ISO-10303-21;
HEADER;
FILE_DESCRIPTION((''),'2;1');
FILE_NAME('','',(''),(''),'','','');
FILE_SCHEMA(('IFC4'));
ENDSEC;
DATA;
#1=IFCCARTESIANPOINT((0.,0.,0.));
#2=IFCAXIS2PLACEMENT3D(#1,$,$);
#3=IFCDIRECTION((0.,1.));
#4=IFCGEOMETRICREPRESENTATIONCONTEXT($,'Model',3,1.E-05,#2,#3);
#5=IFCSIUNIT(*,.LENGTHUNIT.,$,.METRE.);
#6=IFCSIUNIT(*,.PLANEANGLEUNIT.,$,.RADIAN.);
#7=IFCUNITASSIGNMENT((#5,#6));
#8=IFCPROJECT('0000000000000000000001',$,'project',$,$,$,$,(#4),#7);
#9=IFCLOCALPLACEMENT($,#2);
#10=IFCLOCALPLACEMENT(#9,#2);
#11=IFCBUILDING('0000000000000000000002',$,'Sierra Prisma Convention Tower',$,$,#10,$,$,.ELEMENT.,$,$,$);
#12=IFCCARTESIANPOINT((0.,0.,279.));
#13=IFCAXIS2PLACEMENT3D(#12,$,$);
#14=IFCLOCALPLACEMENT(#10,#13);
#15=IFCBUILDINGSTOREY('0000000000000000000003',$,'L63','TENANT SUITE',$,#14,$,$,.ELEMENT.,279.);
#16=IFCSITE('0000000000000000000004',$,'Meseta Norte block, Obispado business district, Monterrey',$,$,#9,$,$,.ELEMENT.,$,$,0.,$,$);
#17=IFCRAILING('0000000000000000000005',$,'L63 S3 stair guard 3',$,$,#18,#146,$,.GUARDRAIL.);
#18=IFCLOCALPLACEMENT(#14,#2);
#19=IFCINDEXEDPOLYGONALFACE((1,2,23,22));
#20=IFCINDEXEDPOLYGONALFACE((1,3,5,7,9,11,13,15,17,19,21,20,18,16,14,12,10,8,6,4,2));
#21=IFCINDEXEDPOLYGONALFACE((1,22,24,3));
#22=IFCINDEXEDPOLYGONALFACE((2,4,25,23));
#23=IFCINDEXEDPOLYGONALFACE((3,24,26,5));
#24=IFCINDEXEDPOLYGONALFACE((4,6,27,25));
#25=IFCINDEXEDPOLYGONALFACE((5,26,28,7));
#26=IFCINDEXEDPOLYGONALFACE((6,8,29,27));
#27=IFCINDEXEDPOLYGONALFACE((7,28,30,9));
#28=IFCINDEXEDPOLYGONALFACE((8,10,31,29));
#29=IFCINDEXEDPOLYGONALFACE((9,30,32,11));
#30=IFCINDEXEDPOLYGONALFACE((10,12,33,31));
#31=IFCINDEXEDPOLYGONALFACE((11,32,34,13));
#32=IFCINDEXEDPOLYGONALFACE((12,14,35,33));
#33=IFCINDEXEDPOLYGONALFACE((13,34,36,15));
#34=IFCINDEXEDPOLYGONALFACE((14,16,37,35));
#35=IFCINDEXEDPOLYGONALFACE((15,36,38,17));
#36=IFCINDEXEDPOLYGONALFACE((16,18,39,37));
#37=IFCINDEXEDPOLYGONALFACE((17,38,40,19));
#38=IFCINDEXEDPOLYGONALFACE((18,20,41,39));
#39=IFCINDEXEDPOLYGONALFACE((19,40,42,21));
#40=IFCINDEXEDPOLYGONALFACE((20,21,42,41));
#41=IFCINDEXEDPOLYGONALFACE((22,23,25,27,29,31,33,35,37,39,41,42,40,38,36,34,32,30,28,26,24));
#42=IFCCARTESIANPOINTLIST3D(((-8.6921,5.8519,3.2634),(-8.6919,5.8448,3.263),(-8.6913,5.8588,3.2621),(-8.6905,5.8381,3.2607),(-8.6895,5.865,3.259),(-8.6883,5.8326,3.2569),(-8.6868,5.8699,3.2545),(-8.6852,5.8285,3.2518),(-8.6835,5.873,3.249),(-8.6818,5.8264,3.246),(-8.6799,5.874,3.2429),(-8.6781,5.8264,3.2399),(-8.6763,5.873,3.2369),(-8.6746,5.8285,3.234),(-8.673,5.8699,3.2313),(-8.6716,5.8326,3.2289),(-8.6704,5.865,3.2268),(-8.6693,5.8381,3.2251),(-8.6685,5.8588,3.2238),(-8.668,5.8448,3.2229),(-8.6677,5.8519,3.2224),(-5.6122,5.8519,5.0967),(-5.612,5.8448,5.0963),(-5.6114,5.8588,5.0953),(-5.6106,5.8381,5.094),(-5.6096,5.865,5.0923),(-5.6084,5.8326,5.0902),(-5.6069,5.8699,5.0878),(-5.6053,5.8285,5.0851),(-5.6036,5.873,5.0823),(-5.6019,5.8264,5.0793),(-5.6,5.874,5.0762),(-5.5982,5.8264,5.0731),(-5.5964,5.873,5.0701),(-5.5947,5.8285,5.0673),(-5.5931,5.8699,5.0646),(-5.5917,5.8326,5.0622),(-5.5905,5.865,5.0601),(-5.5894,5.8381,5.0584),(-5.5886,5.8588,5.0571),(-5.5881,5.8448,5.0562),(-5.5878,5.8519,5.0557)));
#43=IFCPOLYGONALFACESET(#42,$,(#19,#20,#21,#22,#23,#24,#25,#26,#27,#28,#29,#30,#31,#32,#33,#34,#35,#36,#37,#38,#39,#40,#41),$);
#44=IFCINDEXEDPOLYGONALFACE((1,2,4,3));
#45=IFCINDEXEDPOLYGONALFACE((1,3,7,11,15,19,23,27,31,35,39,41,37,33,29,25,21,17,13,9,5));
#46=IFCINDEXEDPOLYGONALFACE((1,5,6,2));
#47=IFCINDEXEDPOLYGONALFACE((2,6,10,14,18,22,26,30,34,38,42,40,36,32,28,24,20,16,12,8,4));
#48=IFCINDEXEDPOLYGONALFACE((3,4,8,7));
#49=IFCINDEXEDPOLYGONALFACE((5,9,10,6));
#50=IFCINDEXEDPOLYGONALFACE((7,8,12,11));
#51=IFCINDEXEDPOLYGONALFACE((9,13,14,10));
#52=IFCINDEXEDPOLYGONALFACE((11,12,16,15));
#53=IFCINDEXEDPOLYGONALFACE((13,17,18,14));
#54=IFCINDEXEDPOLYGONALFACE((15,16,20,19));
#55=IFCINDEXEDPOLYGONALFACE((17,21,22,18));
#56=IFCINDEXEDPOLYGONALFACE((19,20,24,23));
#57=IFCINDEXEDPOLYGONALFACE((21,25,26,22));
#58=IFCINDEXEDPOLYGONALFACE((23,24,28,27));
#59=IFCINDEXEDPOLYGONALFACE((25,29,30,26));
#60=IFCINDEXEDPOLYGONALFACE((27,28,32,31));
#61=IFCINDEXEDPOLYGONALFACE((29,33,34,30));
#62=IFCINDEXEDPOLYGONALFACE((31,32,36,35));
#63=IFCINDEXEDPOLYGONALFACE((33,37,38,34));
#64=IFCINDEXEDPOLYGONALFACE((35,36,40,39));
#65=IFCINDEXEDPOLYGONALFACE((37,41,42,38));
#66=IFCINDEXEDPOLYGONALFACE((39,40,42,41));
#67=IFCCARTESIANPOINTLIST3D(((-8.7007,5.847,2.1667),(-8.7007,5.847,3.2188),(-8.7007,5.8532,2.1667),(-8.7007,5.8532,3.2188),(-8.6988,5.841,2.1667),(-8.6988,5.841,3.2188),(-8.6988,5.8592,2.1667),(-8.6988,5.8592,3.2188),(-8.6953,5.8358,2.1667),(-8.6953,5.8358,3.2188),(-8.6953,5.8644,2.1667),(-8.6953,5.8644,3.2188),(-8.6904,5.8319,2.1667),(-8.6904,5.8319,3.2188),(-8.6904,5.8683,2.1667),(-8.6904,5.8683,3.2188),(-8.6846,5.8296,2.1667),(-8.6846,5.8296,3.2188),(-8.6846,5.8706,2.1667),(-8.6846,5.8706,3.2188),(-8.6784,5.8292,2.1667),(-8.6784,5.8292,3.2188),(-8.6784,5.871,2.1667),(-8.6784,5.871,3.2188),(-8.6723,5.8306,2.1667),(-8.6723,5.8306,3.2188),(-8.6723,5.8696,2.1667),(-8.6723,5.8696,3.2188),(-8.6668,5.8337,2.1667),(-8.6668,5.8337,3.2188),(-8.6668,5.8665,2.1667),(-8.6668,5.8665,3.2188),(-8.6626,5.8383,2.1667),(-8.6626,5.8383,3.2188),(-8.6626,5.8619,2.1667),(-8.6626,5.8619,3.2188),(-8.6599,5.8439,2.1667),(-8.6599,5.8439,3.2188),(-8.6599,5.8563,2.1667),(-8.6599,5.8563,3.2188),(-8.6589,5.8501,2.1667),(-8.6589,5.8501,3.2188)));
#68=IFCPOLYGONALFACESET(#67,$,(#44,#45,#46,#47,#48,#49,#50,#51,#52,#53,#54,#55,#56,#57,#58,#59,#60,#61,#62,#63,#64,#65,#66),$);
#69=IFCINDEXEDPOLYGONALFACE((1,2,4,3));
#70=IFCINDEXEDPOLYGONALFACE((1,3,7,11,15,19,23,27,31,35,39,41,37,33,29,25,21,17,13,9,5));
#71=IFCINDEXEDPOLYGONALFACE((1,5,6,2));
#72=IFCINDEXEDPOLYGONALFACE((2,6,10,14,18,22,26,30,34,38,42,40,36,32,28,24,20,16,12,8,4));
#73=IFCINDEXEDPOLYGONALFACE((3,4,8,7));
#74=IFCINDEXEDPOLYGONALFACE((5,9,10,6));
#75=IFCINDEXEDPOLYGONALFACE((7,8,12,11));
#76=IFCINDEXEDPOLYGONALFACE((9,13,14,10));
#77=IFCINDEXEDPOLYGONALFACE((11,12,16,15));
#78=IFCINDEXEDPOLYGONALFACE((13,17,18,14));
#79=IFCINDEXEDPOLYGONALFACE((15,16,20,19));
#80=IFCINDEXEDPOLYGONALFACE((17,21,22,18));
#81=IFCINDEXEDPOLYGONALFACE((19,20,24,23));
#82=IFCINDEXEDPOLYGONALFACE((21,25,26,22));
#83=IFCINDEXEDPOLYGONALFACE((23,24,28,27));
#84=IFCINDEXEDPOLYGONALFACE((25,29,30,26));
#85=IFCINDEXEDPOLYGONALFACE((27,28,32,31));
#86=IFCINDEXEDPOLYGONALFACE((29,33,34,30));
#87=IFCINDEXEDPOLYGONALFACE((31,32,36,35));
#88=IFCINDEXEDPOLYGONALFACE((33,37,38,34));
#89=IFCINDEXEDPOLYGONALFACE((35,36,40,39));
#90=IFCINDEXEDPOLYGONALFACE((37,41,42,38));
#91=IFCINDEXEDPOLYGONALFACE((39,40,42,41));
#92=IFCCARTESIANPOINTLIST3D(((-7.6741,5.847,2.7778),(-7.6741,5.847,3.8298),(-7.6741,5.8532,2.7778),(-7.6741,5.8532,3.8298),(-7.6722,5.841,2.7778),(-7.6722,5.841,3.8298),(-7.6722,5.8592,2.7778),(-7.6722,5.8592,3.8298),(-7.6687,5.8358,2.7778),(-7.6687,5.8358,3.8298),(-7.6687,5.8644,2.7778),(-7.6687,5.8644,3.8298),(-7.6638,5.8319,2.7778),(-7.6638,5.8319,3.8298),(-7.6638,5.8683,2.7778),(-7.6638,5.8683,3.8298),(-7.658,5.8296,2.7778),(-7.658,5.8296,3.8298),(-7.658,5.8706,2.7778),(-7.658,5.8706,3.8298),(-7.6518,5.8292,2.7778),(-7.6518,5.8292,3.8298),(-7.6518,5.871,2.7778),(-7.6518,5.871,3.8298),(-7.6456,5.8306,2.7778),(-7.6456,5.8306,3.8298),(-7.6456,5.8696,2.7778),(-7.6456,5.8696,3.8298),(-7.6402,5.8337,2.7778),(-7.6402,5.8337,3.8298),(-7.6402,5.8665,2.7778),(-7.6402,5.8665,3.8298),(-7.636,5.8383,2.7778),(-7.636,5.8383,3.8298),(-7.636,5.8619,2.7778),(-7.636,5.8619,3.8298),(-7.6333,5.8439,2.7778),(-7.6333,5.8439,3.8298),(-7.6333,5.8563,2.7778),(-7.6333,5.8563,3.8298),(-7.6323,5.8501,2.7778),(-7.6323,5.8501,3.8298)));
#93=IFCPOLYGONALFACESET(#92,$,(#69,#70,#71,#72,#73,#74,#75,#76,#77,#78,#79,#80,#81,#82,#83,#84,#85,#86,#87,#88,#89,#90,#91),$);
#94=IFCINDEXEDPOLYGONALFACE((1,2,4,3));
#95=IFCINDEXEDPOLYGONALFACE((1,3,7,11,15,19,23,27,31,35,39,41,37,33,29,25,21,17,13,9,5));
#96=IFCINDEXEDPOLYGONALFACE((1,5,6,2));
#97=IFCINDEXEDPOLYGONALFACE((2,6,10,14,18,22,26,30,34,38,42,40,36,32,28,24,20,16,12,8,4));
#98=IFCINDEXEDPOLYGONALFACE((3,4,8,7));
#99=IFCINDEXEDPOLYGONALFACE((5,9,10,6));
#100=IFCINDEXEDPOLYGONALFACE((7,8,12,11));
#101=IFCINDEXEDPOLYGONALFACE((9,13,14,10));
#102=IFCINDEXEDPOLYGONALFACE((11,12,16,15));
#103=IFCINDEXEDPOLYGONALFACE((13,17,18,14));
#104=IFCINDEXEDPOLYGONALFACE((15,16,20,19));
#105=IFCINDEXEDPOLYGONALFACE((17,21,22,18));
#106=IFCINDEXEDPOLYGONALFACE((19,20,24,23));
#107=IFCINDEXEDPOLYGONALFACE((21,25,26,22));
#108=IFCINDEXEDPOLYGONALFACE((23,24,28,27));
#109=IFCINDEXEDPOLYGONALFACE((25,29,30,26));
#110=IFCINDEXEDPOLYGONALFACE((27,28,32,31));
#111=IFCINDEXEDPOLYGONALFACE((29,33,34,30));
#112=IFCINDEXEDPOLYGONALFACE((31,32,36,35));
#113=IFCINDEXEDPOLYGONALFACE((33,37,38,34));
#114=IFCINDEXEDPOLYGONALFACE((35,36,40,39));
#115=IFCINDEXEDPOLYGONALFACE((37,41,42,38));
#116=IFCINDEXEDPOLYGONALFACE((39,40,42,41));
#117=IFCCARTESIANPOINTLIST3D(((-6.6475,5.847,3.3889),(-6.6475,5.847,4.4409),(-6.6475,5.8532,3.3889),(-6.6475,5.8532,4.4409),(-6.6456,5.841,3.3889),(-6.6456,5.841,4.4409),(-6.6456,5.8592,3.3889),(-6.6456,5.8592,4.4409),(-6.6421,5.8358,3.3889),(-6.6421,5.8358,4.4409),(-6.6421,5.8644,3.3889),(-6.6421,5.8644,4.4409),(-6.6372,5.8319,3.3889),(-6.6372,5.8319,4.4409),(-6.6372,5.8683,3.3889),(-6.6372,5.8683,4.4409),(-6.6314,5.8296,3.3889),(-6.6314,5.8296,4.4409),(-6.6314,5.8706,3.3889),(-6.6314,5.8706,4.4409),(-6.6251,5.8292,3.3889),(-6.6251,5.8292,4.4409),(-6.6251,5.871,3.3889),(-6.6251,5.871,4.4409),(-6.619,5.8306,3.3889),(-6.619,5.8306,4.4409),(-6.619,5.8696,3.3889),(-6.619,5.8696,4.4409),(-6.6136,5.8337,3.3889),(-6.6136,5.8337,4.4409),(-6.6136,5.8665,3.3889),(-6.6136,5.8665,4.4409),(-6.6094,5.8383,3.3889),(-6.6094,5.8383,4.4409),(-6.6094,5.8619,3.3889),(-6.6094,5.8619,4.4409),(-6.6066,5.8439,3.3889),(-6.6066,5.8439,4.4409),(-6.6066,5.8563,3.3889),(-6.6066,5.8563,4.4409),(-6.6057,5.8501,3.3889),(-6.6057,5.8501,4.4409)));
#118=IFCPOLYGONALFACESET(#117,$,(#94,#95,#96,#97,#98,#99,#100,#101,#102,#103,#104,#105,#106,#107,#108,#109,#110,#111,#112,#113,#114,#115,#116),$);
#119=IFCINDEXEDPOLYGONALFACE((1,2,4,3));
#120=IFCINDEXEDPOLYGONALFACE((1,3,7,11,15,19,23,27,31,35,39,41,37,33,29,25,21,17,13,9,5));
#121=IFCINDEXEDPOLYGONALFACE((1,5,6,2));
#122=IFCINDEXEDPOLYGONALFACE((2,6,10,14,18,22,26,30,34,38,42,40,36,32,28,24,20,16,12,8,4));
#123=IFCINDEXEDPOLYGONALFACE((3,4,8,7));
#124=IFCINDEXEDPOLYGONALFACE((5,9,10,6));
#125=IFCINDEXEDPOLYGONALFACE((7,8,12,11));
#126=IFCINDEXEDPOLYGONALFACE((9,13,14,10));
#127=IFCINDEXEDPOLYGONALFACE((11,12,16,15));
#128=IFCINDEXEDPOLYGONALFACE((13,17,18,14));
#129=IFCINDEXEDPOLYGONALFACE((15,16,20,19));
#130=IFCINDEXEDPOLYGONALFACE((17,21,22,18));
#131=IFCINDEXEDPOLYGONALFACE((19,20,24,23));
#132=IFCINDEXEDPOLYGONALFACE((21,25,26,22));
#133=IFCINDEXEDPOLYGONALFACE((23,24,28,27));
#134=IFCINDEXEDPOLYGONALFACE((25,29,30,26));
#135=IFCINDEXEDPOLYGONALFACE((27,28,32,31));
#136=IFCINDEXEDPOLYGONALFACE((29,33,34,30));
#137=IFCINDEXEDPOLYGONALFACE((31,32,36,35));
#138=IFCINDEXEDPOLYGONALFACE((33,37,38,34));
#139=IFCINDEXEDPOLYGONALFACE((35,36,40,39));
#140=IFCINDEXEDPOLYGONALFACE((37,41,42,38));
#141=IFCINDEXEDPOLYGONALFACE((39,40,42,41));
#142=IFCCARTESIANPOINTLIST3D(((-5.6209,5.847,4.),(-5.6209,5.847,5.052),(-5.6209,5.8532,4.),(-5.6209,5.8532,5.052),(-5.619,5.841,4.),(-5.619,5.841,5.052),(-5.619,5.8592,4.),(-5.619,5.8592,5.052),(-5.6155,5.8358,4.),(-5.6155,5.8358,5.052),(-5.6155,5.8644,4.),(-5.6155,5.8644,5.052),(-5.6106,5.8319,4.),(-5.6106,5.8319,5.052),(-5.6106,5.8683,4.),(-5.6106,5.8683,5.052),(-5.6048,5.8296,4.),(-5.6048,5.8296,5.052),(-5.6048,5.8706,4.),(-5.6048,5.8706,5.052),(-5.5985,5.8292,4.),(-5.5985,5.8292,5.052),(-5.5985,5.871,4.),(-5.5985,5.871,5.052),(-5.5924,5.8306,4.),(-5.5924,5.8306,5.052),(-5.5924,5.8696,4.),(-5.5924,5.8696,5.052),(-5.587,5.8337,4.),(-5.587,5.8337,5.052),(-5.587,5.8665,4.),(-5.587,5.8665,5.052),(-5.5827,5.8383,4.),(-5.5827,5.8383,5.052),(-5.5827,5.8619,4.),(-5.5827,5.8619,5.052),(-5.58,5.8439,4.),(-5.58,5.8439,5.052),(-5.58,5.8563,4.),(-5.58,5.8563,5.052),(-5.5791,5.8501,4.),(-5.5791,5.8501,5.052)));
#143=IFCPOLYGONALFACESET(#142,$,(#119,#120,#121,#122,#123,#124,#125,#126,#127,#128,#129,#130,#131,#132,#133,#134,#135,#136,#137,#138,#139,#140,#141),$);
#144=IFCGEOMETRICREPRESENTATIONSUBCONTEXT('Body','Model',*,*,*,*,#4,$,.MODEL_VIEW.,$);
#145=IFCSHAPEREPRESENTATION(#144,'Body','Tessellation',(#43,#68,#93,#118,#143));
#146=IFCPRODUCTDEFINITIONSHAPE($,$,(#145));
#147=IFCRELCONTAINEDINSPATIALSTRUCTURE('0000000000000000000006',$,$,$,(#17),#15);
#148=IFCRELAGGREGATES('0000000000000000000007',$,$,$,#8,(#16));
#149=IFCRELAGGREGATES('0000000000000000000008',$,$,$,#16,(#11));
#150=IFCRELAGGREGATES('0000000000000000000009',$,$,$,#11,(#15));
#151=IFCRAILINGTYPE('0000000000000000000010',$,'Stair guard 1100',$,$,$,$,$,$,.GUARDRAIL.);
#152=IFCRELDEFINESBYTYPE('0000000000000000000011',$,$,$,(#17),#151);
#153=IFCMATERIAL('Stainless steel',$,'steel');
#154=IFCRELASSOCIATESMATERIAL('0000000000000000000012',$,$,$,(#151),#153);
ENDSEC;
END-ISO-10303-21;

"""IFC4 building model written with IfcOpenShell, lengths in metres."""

from ifc_helpers import new_model, si_unit, direction, frame, origin, origin_2d, place, context, subcontext, project, spatial, circle, extrude, material, type_object, element, save


model = new_model("IFC4")

# Units and contexts
model_context = context("Model", 3, precision=1e-05, world=origin(), true_north=direction((0.0, 1.0)))
body_context = subcontext(model_context, "Body", "Model", "MODEL_VIEW")
ifc_project = project(units=[si_unit("LENGTHUNIT", "METRE"), si_unit("PLANEANGLEUNIT", "RADIAN")], contexts=[model_context])

# Site, building, storey
site_placement = place(None, origin())
site = spatial("IfcSite", under=ifc_project, at=site_placement, Name="Meseta Norte block, Obispado business district, Monterrey", CompositionType="ELEMENT", RefElevation=0.0)
building_placement = place(site_placement, origin())
building = spatial("IfcBuilding", under=site, at=building_placement, Name="Sierra Prisma Convention Tower", CompositionType="ELEMENT")
storey_placement = place(building_placement, frame((0.0, 0.0, 279.0)))
storey = spatial("IfcBuildingStorey", under=building, at=storey_placement, Name="L63", Description="TENANT SUITE", CompositionType="ELEMENT", Elevation=279.0)

# Railing
ifc_material_1 = material(Name="Stainless steel", Category="steel")
railing_type_1 = type_object("IfcRailingType", Name="Stair guard 1100", PredefinedType="GUARDRAIL", material=ifc_material_1)
railing_1_placement = place(storey_placement, frame((-8.6799, 5.8501, 2.1667)))
element("IfcRailing", 1, at=railing_1_placement, inside=storey, type_object=railing_type_1, Name="L63 S3 stair guard 3", PredefinedType="GUARDRAIL", context=body_context, shape_type="SweptSolid", body=[
    extrude(circle(Radius=0.0239, at=origin_2d()), frame((0.0, 0.0, 1.0762), z_axis=(0.859291, 0.0, 0.511487), x_axis=(0.0, 1.0, 0.0)), (0.0, 0.0, 1.0), 3.5842),
    extrude(circle(Radius=0.021, at=origin_2d()), origin(), (0.0, 0.0, 1.0), 1.052),
    extrude(circle(Radius=0.021, at=origin_2d()), frame((1.0266, 0.0, 0.6111)), (0.0, 0.0, 1.0), 1.052),
    extrude(circle(Radius=0.021, at=origin_2d()), frame((2.0532, 0.0, 1.2222)), (0.0, 0.0, 1.0), 1.052),
    extrude(circle(Radius=0.021, at=origin_2d()), frame((3.0798, 0.0, 1.8333)), (0.0, 0.0, 1.0), 1.052),
])

save(model, "model.ifc")
